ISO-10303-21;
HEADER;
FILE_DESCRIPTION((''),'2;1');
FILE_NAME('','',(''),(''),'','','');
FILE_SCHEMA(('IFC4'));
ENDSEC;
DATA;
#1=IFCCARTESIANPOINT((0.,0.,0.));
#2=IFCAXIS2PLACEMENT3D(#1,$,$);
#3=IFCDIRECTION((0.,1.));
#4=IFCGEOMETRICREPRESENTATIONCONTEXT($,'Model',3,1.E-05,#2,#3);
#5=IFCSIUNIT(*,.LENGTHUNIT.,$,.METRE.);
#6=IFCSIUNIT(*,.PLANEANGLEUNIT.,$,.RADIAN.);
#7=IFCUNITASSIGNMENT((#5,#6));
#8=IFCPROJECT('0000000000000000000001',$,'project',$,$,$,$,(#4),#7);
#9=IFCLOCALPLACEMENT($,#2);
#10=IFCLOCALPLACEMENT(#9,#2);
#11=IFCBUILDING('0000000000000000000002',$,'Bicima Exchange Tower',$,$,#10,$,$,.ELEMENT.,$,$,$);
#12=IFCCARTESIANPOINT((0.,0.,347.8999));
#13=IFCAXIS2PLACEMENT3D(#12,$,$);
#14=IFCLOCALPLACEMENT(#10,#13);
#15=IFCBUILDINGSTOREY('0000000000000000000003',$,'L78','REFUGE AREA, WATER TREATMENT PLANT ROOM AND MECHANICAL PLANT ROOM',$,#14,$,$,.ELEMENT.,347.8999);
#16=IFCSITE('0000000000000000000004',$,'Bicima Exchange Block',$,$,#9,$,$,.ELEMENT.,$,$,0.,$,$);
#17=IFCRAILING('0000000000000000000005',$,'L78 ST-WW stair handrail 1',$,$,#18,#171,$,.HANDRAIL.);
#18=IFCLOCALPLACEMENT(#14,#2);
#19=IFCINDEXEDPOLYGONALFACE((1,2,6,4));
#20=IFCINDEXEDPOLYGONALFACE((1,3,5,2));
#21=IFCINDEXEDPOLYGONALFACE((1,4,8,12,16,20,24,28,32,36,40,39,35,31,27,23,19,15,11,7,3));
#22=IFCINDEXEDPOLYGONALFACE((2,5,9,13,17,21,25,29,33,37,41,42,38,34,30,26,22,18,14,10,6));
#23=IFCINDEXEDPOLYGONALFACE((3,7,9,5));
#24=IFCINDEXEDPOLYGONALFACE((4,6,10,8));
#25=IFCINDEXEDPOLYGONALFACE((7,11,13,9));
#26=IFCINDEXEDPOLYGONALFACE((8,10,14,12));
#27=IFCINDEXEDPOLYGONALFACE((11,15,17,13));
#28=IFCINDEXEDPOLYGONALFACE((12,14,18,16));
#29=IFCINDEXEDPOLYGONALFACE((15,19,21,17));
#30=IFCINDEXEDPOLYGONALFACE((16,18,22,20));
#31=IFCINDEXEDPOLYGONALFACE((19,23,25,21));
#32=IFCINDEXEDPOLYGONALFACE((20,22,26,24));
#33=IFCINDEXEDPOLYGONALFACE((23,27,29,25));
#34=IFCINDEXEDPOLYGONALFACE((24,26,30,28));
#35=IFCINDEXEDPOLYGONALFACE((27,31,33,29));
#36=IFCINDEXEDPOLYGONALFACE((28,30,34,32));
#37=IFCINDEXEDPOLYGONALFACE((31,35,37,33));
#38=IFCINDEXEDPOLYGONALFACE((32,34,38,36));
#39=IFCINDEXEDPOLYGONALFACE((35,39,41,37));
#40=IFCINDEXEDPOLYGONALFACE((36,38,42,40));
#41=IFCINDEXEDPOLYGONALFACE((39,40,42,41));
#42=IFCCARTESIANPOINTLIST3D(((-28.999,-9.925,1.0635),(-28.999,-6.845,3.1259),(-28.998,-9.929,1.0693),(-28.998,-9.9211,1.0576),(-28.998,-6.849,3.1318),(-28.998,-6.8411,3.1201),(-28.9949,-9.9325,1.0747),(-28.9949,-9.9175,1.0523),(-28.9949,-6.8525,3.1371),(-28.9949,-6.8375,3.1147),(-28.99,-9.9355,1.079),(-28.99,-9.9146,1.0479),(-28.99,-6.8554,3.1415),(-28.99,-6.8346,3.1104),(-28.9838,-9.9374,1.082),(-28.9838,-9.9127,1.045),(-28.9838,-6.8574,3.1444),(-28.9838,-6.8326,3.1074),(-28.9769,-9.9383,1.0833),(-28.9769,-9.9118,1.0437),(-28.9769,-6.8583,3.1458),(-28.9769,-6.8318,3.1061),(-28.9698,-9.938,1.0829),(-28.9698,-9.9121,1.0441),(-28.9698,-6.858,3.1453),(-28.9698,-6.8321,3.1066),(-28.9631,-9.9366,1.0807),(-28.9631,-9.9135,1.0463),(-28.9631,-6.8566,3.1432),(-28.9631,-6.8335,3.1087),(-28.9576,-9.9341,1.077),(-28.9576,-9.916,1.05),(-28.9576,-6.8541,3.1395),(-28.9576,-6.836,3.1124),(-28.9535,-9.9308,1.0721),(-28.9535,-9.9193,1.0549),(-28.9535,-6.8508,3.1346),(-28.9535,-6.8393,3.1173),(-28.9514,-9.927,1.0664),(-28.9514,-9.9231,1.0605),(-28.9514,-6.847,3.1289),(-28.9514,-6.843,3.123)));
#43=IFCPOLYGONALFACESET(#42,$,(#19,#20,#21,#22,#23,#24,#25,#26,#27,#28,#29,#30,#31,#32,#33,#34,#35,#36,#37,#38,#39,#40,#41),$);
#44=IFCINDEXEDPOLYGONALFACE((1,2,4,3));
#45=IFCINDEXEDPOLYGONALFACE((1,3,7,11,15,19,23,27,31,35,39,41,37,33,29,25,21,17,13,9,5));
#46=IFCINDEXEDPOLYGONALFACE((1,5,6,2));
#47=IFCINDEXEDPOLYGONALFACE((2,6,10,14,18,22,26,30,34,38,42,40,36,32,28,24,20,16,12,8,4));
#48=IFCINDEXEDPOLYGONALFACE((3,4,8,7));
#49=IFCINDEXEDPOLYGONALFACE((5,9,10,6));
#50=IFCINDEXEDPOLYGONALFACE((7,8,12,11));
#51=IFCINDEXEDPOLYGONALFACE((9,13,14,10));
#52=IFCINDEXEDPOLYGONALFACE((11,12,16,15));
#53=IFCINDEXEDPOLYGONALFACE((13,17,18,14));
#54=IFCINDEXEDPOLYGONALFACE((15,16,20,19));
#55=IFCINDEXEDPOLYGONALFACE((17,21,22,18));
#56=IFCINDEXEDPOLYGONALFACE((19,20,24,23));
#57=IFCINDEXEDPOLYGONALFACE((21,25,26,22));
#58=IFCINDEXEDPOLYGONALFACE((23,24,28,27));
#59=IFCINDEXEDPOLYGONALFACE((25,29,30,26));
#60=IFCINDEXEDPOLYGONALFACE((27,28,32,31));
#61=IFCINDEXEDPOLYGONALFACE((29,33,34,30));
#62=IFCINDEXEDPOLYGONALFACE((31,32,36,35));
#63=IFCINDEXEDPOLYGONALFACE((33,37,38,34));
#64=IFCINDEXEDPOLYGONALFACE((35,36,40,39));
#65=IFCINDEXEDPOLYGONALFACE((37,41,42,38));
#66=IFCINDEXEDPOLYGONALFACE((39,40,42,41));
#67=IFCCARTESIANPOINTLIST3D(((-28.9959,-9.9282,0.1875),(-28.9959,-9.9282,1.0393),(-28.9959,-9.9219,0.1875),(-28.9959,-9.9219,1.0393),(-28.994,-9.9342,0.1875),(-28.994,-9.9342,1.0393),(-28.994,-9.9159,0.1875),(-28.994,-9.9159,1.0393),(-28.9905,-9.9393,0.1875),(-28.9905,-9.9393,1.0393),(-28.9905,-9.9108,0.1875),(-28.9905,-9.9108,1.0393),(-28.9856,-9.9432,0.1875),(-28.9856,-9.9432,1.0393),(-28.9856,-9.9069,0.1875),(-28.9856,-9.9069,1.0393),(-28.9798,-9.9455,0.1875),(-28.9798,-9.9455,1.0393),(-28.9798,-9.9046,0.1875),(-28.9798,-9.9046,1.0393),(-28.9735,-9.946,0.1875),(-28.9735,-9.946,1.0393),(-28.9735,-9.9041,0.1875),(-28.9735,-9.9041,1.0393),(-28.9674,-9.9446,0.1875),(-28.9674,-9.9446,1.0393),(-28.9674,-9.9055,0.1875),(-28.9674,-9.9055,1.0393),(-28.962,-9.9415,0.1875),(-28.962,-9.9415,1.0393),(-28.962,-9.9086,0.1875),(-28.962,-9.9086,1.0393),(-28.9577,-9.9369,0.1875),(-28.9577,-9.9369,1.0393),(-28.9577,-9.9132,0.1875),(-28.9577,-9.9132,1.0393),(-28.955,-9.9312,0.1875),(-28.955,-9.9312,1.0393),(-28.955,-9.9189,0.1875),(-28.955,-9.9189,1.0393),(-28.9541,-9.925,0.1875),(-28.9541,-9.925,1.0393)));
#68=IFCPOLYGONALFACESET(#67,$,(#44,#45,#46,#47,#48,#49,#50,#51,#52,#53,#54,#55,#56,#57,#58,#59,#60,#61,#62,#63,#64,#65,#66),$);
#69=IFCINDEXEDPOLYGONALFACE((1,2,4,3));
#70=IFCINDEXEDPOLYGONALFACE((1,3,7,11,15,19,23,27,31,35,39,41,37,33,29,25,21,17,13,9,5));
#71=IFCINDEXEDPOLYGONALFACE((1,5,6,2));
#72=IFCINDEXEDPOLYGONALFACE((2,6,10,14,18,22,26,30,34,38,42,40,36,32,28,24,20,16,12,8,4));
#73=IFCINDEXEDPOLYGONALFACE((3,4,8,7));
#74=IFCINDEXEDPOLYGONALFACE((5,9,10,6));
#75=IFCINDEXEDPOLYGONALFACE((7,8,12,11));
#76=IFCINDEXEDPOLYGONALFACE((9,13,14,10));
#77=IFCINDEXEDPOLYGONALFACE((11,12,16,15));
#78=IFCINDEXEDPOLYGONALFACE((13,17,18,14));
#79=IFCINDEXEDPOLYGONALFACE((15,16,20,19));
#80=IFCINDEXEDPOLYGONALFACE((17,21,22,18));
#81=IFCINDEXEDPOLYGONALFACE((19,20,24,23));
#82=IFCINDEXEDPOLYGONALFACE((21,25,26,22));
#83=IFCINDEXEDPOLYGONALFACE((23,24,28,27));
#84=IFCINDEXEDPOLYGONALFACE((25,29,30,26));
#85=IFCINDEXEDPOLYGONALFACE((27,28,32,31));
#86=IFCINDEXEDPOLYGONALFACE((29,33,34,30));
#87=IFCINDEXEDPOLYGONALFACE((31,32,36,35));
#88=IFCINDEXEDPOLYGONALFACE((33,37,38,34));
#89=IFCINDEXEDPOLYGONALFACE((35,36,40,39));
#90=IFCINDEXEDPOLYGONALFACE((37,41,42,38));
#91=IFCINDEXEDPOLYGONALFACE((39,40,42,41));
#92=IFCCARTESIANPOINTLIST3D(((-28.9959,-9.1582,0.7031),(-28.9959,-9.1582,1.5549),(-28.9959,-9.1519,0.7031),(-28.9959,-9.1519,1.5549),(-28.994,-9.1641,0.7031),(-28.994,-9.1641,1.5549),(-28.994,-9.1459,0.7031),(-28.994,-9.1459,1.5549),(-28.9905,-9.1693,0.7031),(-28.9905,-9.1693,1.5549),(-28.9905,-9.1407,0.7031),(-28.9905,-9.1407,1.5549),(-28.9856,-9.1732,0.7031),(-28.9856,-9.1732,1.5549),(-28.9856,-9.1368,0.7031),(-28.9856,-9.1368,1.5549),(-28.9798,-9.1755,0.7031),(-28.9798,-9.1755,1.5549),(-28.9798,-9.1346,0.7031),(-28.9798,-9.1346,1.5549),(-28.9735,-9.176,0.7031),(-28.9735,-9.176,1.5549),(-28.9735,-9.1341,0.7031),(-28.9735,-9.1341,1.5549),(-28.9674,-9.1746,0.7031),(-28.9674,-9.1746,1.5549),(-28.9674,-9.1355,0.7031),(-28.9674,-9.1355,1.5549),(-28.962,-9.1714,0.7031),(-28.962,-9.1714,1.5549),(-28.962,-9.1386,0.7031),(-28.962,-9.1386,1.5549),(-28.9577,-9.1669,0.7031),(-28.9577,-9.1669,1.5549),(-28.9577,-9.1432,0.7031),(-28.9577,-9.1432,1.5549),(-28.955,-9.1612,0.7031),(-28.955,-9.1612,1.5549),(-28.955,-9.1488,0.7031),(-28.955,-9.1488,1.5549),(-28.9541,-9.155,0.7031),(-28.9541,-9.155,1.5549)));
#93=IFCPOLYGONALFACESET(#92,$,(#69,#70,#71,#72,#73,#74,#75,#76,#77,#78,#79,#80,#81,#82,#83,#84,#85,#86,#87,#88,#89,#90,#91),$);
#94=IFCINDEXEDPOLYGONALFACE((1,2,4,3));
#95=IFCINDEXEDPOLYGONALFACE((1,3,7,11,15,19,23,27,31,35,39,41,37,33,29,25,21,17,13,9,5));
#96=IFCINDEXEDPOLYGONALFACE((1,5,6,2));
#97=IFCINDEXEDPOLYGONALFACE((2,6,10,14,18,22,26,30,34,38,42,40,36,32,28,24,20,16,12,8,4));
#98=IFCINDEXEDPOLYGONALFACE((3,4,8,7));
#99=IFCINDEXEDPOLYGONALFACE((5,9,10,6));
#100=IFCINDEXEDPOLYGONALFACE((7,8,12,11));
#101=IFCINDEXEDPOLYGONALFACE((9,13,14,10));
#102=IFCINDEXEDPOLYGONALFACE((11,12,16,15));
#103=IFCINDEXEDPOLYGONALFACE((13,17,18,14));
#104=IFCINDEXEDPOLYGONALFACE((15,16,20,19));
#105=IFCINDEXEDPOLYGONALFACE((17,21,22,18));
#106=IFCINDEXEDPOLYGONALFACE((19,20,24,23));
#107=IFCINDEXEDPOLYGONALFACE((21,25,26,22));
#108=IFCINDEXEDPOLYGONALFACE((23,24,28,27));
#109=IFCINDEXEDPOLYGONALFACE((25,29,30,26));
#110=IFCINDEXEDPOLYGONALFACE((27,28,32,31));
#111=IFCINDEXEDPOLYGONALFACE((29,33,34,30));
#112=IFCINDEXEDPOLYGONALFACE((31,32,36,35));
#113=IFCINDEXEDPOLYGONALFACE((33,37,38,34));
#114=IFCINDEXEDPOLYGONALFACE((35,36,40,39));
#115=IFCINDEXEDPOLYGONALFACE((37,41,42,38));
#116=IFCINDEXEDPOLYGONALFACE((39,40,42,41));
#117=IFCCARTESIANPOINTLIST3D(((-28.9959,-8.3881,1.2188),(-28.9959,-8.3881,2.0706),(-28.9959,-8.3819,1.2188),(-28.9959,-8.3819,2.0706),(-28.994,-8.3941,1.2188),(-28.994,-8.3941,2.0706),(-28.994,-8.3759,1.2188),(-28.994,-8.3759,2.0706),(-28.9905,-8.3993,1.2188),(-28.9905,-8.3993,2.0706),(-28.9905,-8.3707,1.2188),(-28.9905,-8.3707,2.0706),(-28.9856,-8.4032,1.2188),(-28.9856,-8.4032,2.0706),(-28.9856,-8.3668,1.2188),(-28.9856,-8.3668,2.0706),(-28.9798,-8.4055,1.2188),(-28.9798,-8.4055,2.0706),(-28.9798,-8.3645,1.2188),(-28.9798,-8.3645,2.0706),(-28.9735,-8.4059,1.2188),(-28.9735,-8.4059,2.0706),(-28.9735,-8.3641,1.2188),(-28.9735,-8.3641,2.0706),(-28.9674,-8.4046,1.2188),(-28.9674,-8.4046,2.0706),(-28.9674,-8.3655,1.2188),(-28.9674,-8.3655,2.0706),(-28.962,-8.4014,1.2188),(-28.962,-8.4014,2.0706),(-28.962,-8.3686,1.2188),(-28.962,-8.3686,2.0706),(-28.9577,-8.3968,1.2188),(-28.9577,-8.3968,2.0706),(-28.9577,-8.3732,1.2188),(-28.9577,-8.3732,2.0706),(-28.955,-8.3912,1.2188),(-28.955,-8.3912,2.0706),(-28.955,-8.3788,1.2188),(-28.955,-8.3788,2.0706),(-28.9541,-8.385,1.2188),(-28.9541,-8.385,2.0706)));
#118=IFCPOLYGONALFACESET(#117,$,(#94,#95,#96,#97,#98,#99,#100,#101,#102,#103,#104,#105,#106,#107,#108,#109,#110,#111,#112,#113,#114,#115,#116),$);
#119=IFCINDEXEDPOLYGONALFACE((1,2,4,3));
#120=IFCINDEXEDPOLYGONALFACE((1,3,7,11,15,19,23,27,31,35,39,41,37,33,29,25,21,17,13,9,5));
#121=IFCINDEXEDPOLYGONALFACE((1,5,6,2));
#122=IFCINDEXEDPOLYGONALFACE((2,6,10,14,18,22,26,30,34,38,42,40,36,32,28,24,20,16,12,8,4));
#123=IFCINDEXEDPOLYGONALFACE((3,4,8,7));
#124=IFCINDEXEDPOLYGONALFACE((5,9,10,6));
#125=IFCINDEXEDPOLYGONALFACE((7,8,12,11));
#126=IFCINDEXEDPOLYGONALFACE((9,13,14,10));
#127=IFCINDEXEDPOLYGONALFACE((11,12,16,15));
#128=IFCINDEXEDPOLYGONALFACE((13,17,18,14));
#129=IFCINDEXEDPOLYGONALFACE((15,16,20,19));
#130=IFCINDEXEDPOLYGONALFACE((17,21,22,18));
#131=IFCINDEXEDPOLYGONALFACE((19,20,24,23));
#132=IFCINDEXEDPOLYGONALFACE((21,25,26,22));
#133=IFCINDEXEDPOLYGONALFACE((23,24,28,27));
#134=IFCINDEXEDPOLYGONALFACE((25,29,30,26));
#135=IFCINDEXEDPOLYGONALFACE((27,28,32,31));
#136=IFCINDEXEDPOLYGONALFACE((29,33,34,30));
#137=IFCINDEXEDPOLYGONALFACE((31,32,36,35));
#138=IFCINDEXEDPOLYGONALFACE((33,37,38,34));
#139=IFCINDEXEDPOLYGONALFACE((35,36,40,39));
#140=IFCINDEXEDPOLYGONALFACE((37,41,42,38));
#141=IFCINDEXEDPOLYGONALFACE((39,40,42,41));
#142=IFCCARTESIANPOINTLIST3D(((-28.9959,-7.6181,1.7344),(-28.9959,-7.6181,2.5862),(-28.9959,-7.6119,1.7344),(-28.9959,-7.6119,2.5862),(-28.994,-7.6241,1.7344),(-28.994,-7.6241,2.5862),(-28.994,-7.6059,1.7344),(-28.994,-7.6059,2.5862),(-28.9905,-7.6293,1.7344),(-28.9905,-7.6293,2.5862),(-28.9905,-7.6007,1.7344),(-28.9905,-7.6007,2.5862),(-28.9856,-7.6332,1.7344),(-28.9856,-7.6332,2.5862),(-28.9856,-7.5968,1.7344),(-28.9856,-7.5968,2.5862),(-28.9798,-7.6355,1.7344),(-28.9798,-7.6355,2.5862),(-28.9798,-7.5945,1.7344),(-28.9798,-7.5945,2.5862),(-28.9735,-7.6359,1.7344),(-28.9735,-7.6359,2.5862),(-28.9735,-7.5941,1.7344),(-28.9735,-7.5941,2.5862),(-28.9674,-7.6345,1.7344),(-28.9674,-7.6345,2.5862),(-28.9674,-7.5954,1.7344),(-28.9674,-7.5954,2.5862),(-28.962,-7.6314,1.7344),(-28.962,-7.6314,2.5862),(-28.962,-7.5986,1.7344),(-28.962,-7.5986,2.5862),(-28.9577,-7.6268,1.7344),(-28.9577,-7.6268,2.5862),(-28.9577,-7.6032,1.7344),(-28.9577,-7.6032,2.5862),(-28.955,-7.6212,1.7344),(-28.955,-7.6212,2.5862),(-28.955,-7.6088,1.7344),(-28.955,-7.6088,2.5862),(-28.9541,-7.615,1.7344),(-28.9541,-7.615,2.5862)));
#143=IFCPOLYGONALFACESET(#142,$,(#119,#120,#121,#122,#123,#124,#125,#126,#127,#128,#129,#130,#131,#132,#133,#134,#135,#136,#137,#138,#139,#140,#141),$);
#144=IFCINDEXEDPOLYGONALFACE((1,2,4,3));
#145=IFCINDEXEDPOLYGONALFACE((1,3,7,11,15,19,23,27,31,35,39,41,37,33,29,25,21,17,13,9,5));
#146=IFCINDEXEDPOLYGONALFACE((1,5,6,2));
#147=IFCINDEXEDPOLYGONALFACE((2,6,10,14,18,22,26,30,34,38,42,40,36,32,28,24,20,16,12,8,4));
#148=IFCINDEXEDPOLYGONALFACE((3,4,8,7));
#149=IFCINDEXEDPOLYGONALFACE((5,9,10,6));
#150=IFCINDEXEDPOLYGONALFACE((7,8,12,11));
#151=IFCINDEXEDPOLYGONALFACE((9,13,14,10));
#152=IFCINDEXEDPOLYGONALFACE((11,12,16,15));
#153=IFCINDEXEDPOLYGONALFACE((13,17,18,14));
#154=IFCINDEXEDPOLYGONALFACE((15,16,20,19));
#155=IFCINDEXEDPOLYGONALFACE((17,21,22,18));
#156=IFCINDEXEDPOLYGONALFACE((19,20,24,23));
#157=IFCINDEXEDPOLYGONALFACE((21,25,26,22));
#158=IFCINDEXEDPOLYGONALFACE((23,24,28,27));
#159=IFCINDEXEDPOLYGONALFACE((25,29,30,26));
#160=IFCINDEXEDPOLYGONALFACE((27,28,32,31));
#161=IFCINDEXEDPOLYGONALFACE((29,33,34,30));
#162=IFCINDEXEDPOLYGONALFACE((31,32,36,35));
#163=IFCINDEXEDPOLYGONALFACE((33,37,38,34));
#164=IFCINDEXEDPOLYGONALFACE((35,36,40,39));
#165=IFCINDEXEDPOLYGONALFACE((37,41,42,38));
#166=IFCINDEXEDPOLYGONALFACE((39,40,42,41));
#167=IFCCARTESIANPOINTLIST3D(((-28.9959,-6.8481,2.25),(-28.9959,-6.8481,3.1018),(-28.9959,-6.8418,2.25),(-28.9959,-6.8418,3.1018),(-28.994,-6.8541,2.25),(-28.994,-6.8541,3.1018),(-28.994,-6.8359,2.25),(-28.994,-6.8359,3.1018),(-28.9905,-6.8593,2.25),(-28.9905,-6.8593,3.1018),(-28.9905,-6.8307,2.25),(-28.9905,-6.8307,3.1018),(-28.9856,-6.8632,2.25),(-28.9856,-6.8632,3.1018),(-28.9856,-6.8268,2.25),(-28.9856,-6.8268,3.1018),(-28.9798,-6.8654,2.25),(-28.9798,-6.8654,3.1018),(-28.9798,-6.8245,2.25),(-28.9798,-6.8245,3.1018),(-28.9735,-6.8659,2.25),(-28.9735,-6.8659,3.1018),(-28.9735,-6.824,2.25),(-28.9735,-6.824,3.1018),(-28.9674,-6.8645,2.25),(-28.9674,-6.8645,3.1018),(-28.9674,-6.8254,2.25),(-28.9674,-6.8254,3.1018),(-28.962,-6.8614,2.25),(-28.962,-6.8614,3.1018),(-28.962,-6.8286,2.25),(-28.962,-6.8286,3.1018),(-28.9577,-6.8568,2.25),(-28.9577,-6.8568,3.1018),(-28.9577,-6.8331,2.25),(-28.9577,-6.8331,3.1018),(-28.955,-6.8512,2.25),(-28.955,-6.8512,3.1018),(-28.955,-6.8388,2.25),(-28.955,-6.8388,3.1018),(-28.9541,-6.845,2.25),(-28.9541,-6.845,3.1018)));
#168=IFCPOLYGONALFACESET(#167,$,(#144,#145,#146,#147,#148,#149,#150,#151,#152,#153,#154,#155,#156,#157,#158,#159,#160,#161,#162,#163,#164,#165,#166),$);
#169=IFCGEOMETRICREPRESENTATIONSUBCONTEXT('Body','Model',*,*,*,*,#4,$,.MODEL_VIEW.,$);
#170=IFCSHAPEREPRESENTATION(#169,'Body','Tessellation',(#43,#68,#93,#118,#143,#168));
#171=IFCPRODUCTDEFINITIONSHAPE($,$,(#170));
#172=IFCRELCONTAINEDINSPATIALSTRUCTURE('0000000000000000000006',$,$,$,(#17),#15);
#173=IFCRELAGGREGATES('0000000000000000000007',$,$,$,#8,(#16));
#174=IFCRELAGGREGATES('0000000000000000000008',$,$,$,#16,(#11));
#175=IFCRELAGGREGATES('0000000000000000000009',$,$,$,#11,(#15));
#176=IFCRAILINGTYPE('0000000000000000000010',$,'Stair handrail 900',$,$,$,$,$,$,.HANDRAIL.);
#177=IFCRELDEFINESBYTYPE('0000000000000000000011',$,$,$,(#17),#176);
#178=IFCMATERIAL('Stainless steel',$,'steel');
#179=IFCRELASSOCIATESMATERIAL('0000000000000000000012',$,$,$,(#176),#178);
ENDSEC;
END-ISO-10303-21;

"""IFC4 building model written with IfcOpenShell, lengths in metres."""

from ifc_helpers import new_model, si_unit, direction, frame, origin, origin_2d, place, context, subcontext, project, spatial, circle, extrude, material, type_object, element, save


model = new_model("IFC4")

# Units and contexts
model_context = context("Model", 3, precision=1e-05, world=origin(), true_north=direction((0.0, 1.0)))
body_context = subcontext(model_context, "Body", "Model", "MODEL_VIEW")
ifc_project = project(units=[si_unit("LENGTHUNIT", "METRE"), si_unit("PLANEANGLEUNIT", "RADIAN")], contexts=[model_context])

# Site, building, storey
site_placement = place(None, origin())
site = spatial("IfcSite", under=ifc_project, at=site_placement, Name="Bicima Exchange Block", CompositionType="ELEMENT", RefElevation=0.0)
building_placement = place(site_placement, origin())
building = spatial("IfcBuilding", under=site, at=building_placement, Name="Bicima Exchange Tower", CompositionType="ELEMENT")
storey_placement = place(building_placement, frame((0.0, 0.0, 347.8999)))
storey = spatial("IfcBuildingStorey", under=building, at=storey_placement, Name="L78", Description="REFUGE AREA, WATER TREATMENT PLANT ROOM AND MECHANICAL PLANT ROOM", CompositionType="ELEMENT", Elevation=347.8999)

# Shared definitions
ifc_material_1 = material(Name="Stainless steel", Category="steel")

# Railing
railing_type_1 = type_object("IfcRailingType", Name="Stair handrail 900", PredefinedType="HANDRAIL", material=ifc_material_1)
railing_1_placement = place(storey_placement, frame((-28.9751, -9.925, 0.1875)))
element("IfcRailing", 1, at=railing_1_placement, inside=storey, type_object=railing_type_1, Name="L78 ST-WW stair handrail 1", PredefinedType="HANDRAIL", context=body_context, shape_type="SweptSolid", body=[
    extrude(circle(Radius=0.0239, at=origin_2d()), frame((0.0, 0.0, 0.876), z_axis=(0.0, 0.830914, 0.556401), x_axis=(-1.0, 0.0, 0.0)), (0.0, 0.0, 1.0), 3.7068),
    extrude(circle(Radius=0.021, at=origin_2d()), origin(), (0.0, 0.0, 1.0), 0.8518),
    extrude(circle(Radius=0.021, at=origin_2d()), frame((0.0, 0.77, 0.5156)), (0.0, 0.0, 1.0), 0.8518),
    extrude(circle(Radius=0.021, at=origin_2d()), frame((0.0, 1.54, 1.0312)), (0.0, 0.0, 1.0), 0.8518),
    extrude(circle(Radius=0.021, at=origin_2d()), frame((0.0, 2.3101, 1.5469)), (0.0, 0.0, 1.0), 0.8518),
    extrude(circle(Radius=0.021, at=origin_2d()), frame((0.0, 3.0801, 2.0625)), (0.0, 0.0, 1.0), 0.8518),
])

save(model, "model.ifc")
